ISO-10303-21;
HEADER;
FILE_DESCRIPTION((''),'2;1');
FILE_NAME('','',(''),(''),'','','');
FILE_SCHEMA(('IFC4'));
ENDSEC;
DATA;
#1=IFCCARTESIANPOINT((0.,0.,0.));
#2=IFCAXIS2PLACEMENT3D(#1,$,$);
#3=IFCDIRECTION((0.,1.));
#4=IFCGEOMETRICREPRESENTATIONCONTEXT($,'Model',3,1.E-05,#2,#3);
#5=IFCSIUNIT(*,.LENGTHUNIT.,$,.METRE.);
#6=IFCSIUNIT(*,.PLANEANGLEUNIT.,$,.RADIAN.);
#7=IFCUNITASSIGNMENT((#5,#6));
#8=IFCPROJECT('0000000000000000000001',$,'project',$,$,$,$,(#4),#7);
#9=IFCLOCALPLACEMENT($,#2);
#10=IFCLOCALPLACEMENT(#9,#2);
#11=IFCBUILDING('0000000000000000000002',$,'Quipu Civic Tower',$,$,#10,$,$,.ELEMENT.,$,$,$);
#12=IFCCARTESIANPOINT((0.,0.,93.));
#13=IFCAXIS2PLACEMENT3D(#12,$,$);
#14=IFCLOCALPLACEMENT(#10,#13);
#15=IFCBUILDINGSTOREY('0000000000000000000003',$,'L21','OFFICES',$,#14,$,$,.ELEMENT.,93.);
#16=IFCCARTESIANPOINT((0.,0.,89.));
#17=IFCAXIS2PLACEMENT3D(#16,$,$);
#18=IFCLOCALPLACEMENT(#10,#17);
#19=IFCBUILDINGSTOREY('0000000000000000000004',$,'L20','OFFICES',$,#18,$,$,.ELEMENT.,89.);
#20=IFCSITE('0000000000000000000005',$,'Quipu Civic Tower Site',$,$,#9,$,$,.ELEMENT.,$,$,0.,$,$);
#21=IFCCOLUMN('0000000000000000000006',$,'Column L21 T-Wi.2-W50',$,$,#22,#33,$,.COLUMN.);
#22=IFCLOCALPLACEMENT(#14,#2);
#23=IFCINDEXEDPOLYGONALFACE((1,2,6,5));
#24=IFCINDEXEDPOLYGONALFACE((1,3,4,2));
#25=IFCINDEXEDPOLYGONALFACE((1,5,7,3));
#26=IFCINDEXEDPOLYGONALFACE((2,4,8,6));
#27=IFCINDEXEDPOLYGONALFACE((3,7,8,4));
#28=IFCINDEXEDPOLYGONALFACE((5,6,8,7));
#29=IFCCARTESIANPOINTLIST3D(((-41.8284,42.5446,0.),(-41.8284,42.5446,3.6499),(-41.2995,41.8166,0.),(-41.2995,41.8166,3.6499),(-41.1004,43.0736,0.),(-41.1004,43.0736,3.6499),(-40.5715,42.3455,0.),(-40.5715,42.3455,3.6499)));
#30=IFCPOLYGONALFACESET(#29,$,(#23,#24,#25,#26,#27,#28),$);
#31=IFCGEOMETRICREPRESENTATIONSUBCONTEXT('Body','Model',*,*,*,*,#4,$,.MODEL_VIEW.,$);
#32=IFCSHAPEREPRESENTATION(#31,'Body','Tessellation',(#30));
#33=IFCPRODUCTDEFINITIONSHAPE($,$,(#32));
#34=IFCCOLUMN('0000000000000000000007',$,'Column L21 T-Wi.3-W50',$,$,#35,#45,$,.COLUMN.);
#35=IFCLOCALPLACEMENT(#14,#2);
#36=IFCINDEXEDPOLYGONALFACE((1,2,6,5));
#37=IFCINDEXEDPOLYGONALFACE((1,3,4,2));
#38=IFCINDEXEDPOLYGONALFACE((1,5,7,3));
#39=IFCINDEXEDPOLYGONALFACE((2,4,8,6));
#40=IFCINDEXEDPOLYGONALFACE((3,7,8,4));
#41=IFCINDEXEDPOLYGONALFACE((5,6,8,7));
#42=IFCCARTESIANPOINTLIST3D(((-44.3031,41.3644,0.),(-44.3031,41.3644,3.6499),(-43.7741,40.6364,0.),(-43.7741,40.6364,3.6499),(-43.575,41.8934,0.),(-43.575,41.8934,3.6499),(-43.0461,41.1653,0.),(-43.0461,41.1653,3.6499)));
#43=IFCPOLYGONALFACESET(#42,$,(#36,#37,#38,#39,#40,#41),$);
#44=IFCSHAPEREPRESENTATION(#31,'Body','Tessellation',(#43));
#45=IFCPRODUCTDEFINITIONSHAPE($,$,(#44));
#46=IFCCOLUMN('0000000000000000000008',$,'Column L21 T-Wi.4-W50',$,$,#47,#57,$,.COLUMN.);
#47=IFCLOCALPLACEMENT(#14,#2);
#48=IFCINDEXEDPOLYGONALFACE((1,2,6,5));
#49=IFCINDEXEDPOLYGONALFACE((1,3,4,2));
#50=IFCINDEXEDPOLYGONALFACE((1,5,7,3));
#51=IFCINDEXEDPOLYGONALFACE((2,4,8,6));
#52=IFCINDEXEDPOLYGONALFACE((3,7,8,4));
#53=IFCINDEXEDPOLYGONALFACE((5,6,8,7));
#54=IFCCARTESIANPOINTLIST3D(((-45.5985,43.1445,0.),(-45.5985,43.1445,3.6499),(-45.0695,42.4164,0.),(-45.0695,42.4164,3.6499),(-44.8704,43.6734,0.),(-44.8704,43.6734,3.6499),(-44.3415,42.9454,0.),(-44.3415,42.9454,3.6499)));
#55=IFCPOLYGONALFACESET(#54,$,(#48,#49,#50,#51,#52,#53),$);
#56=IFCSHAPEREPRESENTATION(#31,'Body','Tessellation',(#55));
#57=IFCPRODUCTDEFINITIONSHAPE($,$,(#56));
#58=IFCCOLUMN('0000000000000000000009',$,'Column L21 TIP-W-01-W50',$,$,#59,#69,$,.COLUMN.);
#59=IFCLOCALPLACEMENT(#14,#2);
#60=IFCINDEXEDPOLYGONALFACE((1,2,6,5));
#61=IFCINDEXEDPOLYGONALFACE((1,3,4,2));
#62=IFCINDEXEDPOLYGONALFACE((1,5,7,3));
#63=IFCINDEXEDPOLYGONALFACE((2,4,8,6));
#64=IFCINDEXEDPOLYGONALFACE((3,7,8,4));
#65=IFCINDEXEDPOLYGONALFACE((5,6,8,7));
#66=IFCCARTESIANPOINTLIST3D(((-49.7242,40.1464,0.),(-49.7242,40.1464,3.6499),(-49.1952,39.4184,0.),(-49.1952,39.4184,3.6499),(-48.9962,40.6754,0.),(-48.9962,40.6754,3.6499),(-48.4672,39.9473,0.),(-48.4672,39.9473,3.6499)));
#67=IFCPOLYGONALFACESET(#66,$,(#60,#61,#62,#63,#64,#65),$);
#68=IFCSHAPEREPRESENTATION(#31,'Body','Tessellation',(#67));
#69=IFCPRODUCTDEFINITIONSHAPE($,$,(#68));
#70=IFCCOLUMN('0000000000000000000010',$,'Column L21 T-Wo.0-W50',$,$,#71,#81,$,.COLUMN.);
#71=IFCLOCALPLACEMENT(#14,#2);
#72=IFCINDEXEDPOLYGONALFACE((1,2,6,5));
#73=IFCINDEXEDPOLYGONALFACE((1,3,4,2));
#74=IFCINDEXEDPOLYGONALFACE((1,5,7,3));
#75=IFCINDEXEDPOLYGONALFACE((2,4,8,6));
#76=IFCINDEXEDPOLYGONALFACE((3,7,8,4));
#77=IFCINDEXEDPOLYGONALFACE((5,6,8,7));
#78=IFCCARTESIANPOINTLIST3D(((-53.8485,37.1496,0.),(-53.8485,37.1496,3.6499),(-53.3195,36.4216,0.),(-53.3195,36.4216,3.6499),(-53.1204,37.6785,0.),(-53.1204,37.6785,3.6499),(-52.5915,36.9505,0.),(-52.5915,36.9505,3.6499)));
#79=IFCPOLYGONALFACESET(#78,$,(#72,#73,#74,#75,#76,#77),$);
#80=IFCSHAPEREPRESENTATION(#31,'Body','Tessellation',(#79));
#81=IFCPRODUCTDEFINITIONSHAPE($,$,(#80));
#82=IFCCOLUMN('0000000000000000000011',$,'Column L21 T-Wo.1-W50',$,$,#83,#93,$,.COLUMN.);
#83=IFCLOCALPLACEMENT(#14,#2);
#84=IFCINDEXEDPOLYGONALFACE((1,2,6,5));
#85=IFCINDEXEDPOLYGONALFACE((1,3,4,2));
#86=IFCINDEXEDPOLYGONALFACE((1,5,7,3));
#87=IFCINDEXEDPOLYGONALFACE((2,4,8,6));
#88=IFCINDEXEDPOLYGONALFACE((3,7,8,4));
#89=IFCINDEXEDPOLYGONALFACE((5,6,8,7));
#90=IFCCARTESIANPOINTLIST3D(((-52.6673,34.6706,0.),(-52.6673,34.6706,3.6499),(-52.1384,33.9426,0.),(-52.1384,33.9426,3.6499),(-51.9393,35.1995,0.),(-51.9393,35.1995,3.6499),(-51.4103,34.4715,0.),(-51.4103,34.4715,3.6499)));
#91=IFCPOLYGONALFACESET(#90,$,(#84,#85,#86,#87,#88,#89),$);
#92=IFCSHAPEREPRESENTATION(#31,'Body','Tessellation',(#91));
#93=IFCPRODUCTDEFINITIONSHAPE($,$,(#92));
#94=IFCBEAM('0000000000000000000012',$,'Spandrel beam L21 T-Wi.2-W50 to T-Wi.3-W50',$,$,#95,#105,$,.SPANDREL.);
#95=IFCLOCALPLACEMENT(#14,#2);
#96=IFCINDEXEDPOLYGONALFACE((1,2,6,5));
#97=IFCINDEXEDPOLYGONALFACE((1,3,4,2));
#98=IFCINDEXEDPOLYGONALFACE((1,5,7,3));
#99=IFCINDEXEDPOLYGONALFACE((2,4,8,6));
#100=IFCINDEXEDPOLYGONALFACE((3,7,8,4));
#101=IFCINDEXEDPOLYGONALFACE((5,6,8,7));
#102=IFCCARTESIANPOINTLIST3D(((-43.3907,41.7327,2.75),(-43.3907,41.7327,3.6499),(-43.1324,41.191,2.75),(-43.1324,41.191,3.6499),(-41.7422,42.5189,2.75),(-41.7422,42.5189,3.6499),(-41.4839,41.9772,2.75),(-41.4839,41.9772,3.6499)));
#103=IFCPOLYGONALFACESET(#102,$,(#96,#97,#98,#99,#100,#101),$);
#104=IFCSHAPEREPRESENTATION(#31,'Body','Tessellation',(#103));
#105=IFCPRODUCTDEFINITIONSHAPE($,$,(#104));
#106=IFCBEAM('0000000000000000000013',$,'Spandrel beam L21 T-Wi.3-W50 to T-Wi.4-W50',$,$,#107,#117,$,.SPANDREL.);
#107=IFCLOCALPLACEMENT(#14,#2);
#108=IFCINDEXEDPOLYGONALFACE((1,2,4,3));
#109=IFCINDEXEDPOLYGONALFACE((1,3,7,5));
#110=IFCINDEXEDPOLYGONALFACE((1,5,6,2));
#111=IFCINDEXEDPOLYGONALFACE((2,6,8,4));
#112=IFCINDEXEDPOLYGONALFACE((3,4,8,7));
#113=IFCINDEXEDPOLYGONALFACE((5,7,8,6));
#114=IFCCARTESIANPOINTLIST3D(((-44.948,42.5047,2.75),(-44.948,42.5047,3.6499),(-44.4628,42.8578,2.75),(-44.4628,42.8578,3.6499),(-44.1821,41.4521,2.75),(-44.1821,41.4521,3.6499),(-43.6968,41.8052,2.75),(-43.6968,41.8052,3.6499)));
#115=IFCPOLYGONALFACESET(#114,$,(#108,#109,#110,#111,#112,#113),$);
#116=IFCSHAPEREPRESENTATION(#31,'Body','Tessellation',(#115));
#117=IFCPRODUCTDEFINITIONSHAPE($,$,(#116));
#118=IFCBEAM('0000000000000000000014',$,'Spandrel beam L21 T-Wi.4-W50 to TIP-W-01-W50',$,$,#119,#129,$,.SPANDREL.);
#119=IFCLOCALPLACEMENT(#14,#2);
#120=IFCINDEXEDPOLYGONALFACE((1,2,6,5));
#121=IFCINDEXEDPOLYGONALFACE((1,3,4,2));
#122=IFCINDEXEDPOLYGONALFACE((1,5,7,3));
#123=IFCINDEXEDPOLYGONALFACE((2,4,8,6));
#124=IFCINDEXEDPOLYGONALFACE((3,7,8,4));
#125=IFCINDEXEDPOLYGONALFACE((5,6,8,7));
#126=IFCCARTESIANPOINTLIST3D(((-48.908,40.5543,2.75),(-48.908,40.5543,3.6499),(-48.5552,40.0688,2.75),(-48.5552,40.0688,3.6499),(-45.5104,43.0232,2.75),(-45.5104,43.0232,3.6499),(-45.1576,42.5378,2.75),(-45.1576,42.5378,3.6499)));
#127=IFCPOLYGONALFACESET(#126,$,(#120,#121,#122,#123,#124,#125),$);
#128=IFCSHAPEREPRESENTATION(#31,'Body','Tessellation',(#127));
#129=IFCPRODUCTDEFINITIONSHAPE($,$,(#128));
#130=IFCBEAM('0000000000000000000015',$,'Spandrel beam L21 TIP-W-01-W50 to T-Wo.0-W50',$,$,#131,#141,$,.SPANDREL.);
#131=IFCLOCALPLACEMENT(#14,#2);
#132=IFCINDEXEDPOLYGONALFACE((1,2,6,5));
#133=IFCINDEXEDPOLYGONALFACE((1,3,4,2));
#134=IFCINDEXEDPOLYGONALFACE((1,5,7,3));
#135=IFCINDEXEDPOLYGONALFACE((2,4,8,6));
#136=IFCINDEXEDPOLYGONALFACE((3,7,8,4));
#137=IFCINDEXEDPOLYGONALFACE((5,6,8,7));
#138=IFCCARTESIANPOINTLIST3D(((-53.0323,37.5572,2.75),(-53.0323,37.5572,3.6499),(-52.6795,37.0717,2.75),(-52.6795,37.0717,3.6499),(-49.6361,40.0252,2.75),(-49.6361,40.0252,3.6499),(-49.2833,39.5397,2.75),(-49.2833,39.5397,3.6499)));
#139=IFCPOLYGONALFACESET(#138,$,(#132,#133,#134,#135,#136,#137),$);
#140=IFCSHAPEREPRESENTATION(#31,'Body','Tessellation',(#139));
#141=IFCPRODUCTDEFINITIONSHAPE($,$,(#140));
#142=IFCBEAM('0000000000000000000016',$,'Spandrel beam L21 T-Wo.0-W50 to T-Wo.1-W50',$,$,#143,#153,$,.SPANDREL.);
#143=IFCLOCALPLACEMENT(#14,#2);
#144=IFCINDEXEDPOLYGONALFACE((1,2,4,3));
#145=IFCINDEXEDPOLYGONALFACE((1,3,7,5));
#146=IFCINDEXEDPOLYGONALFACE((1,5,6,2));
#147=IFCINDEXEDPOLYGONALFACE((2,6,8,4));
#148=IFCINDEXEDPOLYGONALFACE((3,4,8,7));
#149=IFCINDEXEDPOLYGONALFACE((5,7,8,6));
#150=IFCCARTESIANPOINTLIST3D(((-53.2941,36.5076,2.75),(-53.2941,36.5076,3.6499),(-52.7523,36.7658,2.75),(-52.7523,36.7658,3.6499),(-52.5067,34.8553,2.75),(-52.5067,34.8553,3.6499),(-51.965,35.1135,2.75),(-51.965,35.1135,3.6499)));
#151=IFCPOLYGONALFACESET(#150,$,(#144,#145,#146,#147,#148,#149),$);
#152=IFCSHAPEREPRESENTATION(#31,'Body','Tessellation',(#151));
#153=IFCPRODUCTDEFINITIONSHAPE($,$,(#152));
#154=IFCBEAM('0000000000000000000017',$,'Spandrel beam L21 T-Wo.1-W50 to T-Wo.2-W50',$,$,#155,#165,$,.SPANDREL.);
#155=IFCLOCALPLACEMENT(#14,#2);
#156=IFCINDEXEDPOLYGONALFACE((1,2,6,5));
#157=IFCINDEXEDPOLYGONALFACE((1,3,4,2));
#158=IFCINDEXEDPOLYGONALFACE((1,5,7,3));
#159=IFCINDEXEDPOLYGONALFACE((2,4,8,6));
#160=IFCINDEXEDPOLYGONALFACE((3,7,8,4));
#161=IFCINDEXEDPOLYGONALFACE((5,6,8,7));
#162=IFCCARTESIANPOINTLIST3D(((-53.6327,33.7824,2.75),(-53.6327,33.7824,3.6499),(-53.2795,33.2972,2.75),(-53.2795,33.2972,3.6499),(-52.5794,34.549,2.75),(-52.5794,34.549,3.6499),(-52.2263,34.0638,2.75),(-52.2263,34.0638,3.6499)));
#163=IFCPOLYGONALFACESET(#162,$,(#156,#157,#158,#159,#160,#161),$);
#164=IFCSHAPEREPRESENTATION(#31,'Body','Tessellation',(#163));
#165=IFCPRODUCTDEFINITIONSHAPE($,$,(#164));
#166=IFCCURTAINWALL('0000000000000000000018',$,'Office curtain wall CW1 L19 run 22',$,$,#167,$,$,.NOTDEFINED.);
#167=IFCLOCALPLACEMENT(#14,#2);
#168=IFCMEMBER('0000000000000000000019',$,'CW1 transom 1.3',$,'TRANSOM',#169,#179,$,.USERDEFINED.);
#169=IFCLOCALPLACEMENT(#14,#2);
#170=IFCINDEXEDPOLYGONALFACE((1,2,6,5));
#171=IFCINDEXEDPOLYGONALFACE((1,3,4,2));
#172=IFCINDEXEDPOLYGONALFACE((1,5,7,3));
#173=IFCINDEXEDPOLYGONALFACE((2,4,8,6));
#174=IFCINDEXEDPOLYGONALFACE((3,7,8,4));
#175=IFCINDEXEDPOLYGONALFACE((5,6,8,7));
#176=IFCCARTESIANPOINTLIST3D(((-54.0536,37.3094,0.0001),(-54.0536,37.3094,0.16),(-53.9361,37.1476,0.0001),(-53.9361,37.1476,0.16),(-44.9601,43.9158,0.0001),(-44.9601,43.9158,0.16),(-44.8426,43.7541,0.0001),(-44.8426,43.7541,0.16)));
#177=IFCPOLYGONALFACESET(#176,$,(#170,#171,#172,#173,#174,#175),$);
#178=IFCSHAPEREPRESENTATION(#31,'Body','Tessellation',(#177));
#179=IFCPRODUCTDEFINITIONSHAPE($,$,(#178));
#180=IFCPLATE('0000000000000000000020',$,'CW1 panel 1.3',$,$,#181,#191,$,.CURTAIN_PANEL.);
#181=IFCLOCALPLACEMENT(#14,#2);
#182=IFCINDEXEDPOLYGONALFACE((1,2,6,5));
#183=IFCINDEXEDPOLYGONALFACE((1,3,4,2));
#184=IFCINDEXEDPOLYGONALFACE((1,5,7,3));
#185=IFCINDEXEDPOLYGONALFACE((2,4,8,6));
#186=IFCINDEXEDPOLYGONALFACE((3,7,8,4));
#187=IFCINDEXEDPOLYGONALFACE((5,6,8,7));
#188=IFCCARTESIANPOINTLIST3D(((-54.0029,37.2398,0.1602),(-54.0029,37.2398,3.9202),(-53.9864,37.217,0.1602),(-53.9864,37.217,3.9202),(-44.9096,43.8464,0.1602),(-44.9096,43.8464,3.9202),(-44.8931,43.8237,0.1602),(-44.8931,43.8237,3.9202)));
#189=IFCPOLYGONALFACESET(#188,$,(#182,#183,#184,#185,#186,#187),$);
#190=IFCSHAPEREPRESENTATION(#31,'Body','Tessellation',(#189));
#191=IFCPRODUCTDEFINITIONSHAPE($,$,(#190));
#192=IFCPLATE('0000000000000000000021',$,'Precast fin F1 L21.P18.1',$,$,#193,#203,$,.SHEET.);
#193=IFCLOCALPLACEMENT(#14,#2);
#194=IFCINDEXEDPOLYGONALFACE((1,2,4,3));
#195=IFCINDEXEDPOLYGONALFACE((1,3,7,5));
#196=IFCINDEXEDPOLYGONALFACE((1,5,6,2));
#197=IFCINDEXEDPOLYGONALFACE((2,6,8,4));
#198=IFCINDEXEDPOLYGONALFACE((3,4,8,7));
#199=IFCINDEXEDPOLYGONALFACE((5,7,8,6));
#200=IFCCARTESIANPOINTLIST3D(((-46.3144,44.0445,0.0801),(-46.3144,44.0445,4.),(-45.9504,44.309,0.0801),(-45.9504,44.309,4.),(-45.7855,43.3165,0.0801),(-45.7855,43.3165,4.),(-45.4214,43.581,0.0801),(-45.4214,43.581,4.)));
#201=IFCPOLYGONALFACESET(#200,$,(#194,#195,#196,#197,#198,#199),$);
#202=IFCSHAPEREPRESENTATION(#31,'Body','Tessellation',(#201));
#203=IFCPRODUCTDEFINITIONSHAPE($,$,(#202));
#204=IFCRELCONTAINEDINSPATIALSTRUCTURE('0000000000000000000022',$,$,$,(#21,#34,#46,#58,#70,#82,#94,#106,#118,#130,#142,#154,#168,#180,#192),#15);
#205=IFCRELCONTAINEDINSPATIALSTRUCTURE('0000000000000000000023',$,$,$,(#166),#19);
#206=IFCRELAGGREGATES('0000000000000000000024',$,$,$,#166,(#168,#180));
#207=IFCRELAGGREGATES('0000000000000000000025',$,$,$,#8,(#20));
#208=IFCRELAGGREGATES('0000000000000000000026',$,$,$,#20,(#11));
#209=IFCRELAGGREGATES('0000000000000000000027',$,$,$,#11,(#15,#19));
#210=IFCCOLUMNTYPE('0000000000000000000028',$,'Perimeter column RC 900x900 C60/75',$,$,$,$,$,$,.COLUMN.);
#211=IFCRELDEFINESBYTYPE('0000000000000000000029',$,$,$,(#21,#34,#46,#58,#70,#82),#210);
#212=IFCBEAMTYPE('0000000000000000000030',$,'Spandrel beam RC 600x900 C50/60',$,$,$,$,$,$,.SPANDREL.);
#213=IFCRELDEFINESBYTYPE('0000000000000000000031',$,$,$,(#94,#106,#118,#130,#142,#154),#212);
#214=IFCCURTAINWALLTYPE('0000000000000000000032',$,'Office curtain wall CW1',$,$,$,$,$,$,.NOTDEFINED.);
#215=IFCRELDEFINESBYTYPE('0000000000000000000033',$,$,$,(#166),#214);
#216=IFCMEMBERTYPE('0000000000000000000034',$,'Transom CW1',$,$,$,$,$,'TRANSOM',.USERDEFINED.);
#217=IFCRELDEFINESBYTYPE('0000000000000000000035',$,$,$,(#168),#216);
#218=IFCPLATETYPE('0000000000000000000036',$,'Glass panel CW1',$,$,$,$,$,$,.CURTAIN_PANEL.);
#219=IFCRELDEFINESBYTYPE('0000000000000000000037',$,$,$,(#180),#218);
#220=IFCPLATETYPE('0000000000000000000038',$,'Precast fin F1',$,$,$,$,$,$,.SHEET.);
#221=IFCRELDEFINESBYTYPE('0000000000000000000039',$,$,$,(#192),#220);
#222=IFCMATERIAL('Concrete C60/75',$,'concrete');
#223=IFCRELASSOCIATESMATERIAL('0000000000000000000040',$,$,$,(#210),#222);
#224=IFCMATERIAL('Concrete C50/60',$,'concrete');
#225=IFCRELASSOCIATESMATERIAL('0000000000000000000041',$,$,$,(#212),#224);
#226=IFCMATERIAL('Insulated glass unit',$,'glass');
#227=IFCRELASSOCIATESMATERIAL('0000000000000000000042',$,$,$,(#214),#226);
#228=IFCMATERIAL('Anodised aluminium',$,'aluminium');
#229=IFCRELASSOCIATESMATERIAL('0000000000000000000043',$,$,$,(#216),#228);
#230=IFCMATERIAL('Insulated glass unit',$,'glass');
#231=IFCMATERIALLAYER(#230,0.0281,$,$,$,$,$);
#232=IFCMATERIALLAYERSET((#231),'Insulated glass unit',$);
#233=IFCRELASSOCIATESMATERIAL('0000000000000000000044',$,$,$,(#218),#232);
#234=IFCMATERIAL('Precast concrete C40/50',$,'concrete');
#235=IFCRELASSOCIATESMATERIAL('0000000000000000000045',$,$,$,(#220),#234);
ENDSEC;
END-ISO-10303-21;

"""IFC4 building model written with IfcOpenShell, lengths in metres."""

from ifc_helpers import new_model, si_unit, direction, frame, origin, origin_2d, place, context, subcontext, project, spatial, rectangle, extrude, material, layer, layer_set, material_profile, profile_set, type_object, element, aggregate, save


model = new_model("IFC4")

# Units and contexts
model_context = context("Model", 3, precision=1e-05, world=origin(), true_north=direction((0.0, 1.0)))
body_context = subcontext(model_context, "Body", "Model", "MODEL_VIEW")
ifc_project = project(units=[si_unit("LENGTHUNIT", "METRE"), si_unit("PLANEANGLEUNIT", "RADIAN")], contexts=[model_context])

# Site, building, storey
site_placement = place(None, origin())
site = spatial("IfcSite", under=ifc_project, at=site_placement, Name="Quipu Civic Tower Site", CompositionType="ELEMENT", RefElevation=0.0)
building_placement = place(site_placement, origin())
building = spatial("IfcBuilding", under=site, at=building_placement, Name="Quipu Civic Tower", CompositionType="ELEMENT")
storey_1_placement = place(building_placement, frame((0.0, 0.0, 93.0)))
storey_1 = spatial("IfcBuildingStorey", under=building, at=storey_1_placement, Name="L21", Description="OFFICES", CompositionType="ELEMENT", Elevation=93.0)

# Columns
ifc_material_1 = material(Name="Concrete C60/75", Category="concrete")
ifc_material_profile_1 = material_profile(ifc_material_1, rectangle(XDim=0.8999, YDim=0.8999, at=origin_2d()), Name="RC900x900")
ifc_profile_set_1 = profile_set([ifc_material_profile_1], Name="Concrete C60/75")
column_type = type_object("IfcColumnType", Name="Perimeter column RC 900x900 C60/75", PredefinedType="COLUMN", material=ifc_profile_set_1)
for number, where, z_axis, x_axis, name in (
    (1, (-41.2, 42.4451, 0.0), (0.0, 0.0, 1.0), (-0.587785, 0.809017, 0.0), "Column L21 T-Wi.2-W50"),
    (2, (-43.6746, 41.2649, 0.0), (0.0, 0.0, 1.0), (-0.809017, -0.587785, 0.0), "Column L21 T-Wi.3-W50"),
    (3, (-44.97, 43.0449, 0.0), (0.0, 0.0, 1.0), (-0.809017, -0.587785, 0.0), "Column L21 T-Wi.4-W50"),
    (4, (-49.0957, 40.0469, 0.0), (0.0, 0.0, 1.0), (-0.809017, -0.587785, 0.0), "Column L21 TIP-W-01-W50"),
    (5, (-53.22, 37.05, 0.0), (0.0, 0.0, 1.0), (0.587785, -0.809017, 0.0), "Column L21 T-Wo.0-W50"),
    (6, (-52.0388, 34.571, 0.0), (0.0, 0.0, 1.0), (-0.809017, -0.587785, 0.0), "Column L21 T-Wo.1-W50"),
):
    element("IfcColumn", number, at=place(storey_1_placement, frame(where, z_axis=z_axis, x_axis=x_axis)), inside=storey_1, type_object=column_type, Name=name, PredefinedType="COLUMN", context=body_context, shape_type="SweptSolid", body=[
        extrude(rectangle(XDim=0.8999, YDim=0.8999, at=origin_2d()), origin(), (0.0, 0.0, 1.0), 3.6499),
    ])

# Beams
ifc_material_2 = material(Name="Concrete C50/60", Category="concrete")
ifc_material_profile_2 = material_profile(ifc_material_2, rectangle(XDim=0.6001, YDim=0.8999, at=origin_2d()), Name="RC600x900")
ifc_profile_set_2 = profile_set([ifc_material_profile_2], Name="Concrete C50/60")
beam_type = type_object("IfcBeamType", Name="Spandrel beam RC 600x900 C50/60", PredefinedType="SPANDREL", material=ifc_profile_set_2)
beam_1_placement = place(storey_1_placement, frame((-41.613, 42.248, 3.2), z_axis=(-0.902613, -0.430452, 0.0), x_axis=(0.430452, -0.902613, 0.0)))
element("IfcBeam", 7, at=beam_1_placement, inside=storey_1, type_object=beam_type, Name="Spandrel beam L21 T-Wi.2-W50 to T-Wi.3-W50", PredefinedType="SPANDREL", context=body_context, shape_type="SweptSolid", body=[
    extrude(rectangle(XDim=0.6001, YDim=0.8999, at=origin_2d()), origin(), (0.0, 0.0, 1.0), 1.8264),
])
beam_2_placement = place(storey_1_placement, frame((-43.9395, 41.6287, 3.2), z_axis=(-0.588384, 0.808582, 0.0), x_axis=(-0.808582, -0.588384, 0.0)))
element("IfcBeam", 8, at=beam_2_placement, inside=storey_1, type_object=beam_type, Name="Spandrel beam L21 T-Wi.3-W50 to T-Wi.4-W50", PredefinedType="SPANDREL", context=body_context, shape_type="SweptSolid", body=[
    extrude(rectangle(XDim=0.6001, YDim=0.8999, at=origin_2d()), origin(), (0.0, 0.0, 1.0), 1.3018),
])
beam_3_placement = place(storey_1_placement, frame((-45.334, 42.7805, 3.2), z_axis=(-0.80897, -0.58785, 0.0), x_axis=(0.58785, -0.80897, 0.0)))
element("IfcBeam", 9, at=beam_3_placement, inside=storey_1, type_object=beam_type, Name="Spandrel beam L21 T-Wi.4-W50 to TIP-W-01-W50", PredefinedType="SPANDREL", context=body_context, shape_type="SweptSolid", body=[
    extrude(rectangle(XDim=0.6001, YDim=0.8999, at=origin_2d()), origin(), (0.0, 0.0, 1.0), 4.2),
])
beam_4_placement = place(storey_1_placement, frame((-49.4597, 39.7825, 3.2), z_axis=(-0.80896, -0.587864, 0.0), x_axis=(0.587864, -0.80896, 0.0)))
element("IfcBeam", 10, at=beam_4_placement, inside=storey_1, type_object=beam_type, Name="Spandrel beam L21 TIP-W-01-W50 to T-Wo.0-W50", PredefinedType="SPANDREL", context=body_context, shape_type="SweptSolid", body=[
    extrude(rectangle(XDim=0.6001, YDim=0.8999, at=origin_2d()), origin(), (0.0, 0.0, 1.0), 4.1982),
])
beam_5_placement = place(storey_1_placement, frame((-53.0232, 36.6367, 3.2), z_axis=(0.430167, -0.90275, 0.0), x_axis=(0.90275, 0.430167, 0.0)))
element("IfcBeam", 11, at=beam_5_placement, inside=storey_1, type_object=beam_type, Name="Spandrel beam L21 T-Wo.0-W50 to T-Wo.1-W50", PredefinedType="SPANDREL", context=body_context, shape_type="SweptSolid", body=[
    extrude(rectangle(XDim=0.6001, YDim=0.8999, at=origin_2d()), origin(), (0.0, 0.0, 1.0), 1.8303),
])
beam_6_placement = place(storey_1_placement, frame((-52.4028, 34.3064, 3.2), z_axis=(-0.808509, -0.588484, 0.0), x_axis=(0.588484, -0.808509, 0.0)))
element("IfcBeam", 12, at=beam_6_placement, inside=storey_1, type_object=beam_type, Name="Spandrel beam L21 T-Wo.1-W50 to T-Wo.2-W50", PredefinedType="SPANDREL", context=body_context, shape_type="SweptSolid", body=[
    extrude(rectangle(XDim=0.6001, YDim=0.8999, at=origin_2d()), origin(), (0.0, 0.0, 1.0), 1.3027),
])

# Shared definitions
storey_2_placement = place(building_placement, frame((0.0, 0.0, 89.0)))
storey_2 = spatial("IfcBuildingStorey", under=building, at=storey_2_placement, Name="L20", Description="OFFICES", CompositionType="ELEMENT", Elevation=89.0)

# Curtain wall, member, plate
ifc_material_3 = material(Name="Insulated glass unit", Category="glass")
curtain_wall_type = type_object("IfcCurtainWallType", Name="Office curtain wall CW1", PredefinedType="NOTDEFINED", material=ifc_material_3)
curtain_wall_placement = place(storey_2_placement, origin())
curtain_wall = element("IfcCurtainWall", 13, at=curtain_wall_placement, inside=storey_2, type_object=curtain_wall_type, Name="Office curtain wall CW1 L19 run 22", PredefinedType="NOTDEFINED")
ifc_material_4 = material(Name="Anodised aluminium", Category="aluminium")
ifc_material_profile_3 = material_profile(ifc_material_4, rectangle(XDim=0.2, YDim=0.1599, at=origin_2d()), Name="RECT 200x160")
ifc_profile_set_3 = profile_set([ifc_material_profile_3], Name="Anodised aluminium")
member_type = type_object("IfcMemberType", Name="Transom CW1", ElementType="TRANSOM", PredefinedType="USERDEFINED", material=ifc_profile_set_3)
member_placement = place(storey_1_placement, frame((-44.9014, 43.835, 0.0801), z_axis=(-0.809033, -0.587764, 0.0), x_axis=(0.587764, -0.809033, 0.0)))
member = element("IfcMember", 14, at=member_placement, inside=storey_1, type_object=member_type, Name="CW1 transom 1.3", ObjectType="TRANSOM", PredefinedType="USERDEFINED", context=body_context, shape_type="SweptSolid", body=[
    extrude(rectangle(XDim=0.2, YDim=0.1599, at=origin_2d()), origin(), (0.0, 0.0, 1.0), 11.24),
])
ifc_material_5 = material(Name="Insulated glass unit", Category="glass")
ifc_layer_1 = layer(ifc_material_5, 0.0281)
ifc_layer_set_1 = layer_set([ifc_layer_1], Name="Insulated glass unit")
plate_type_1 = type_object("IfcPlateType", Name="Glass panel CW1", PredefinedType="CURTAIN_PANEL", material=ifc_layer_set_1)
plate_placement = place(storey_1_placement, frame((-49.448, 40.5317, 0.1602), z_axis=(0.0, 0.0, 1.0), x_axis=(-0.809019, -0.587782, 0.0)))
plate = element("IfcPlate", 15, at=plate_placement, inside=storey_1, type_object=plate_type_1, Name="CW1 panel 1.3", PredefinedType="CURTAIN_PANEL", context=body_context, shape_type="SweptSolid", body=[
    extrude(rectangle(XDim=11.24, YDim=0.0281, at=origin_2d()), origin(), (0.0, 0.0, 1.0), 3.76),
])
aggregate(curtain_wall, [member, plate])

# Plate
ifc_material_6 = material(Name="Precast concrete C40/50", Category="concrete")
plate_type_2 = type_object("IfcPlateType", Name="Precast fin F1", PredefinedType="SHEET", material=ifc_material_6)
for number, where, z_axis, x_axis, name in (
    (16, (-45.8679, 43.8127, 0.0801), (0.0, 0.0, 1.0), (-0.809021, -0.587779, 0.0), "Precast fin F1 L21.P18.1"),
):
    element("IfcPlate", number, at=place(storey_1_placement, frame(where, z_axis=z_axis, x_axis=x_axis)), inside=storey_1, type_object=plate_type_2, Name=name, PredefinedType="SHEET", context=body_context, shape_type="SweptSolid", body=[
        extrude(rectangle(XDim=0.45, YDim=0.8999, at=origin_2d()), origin(), (0.0, 0.0, 1.0), 3.9199),
    ])

save(model, "model.ifc")
